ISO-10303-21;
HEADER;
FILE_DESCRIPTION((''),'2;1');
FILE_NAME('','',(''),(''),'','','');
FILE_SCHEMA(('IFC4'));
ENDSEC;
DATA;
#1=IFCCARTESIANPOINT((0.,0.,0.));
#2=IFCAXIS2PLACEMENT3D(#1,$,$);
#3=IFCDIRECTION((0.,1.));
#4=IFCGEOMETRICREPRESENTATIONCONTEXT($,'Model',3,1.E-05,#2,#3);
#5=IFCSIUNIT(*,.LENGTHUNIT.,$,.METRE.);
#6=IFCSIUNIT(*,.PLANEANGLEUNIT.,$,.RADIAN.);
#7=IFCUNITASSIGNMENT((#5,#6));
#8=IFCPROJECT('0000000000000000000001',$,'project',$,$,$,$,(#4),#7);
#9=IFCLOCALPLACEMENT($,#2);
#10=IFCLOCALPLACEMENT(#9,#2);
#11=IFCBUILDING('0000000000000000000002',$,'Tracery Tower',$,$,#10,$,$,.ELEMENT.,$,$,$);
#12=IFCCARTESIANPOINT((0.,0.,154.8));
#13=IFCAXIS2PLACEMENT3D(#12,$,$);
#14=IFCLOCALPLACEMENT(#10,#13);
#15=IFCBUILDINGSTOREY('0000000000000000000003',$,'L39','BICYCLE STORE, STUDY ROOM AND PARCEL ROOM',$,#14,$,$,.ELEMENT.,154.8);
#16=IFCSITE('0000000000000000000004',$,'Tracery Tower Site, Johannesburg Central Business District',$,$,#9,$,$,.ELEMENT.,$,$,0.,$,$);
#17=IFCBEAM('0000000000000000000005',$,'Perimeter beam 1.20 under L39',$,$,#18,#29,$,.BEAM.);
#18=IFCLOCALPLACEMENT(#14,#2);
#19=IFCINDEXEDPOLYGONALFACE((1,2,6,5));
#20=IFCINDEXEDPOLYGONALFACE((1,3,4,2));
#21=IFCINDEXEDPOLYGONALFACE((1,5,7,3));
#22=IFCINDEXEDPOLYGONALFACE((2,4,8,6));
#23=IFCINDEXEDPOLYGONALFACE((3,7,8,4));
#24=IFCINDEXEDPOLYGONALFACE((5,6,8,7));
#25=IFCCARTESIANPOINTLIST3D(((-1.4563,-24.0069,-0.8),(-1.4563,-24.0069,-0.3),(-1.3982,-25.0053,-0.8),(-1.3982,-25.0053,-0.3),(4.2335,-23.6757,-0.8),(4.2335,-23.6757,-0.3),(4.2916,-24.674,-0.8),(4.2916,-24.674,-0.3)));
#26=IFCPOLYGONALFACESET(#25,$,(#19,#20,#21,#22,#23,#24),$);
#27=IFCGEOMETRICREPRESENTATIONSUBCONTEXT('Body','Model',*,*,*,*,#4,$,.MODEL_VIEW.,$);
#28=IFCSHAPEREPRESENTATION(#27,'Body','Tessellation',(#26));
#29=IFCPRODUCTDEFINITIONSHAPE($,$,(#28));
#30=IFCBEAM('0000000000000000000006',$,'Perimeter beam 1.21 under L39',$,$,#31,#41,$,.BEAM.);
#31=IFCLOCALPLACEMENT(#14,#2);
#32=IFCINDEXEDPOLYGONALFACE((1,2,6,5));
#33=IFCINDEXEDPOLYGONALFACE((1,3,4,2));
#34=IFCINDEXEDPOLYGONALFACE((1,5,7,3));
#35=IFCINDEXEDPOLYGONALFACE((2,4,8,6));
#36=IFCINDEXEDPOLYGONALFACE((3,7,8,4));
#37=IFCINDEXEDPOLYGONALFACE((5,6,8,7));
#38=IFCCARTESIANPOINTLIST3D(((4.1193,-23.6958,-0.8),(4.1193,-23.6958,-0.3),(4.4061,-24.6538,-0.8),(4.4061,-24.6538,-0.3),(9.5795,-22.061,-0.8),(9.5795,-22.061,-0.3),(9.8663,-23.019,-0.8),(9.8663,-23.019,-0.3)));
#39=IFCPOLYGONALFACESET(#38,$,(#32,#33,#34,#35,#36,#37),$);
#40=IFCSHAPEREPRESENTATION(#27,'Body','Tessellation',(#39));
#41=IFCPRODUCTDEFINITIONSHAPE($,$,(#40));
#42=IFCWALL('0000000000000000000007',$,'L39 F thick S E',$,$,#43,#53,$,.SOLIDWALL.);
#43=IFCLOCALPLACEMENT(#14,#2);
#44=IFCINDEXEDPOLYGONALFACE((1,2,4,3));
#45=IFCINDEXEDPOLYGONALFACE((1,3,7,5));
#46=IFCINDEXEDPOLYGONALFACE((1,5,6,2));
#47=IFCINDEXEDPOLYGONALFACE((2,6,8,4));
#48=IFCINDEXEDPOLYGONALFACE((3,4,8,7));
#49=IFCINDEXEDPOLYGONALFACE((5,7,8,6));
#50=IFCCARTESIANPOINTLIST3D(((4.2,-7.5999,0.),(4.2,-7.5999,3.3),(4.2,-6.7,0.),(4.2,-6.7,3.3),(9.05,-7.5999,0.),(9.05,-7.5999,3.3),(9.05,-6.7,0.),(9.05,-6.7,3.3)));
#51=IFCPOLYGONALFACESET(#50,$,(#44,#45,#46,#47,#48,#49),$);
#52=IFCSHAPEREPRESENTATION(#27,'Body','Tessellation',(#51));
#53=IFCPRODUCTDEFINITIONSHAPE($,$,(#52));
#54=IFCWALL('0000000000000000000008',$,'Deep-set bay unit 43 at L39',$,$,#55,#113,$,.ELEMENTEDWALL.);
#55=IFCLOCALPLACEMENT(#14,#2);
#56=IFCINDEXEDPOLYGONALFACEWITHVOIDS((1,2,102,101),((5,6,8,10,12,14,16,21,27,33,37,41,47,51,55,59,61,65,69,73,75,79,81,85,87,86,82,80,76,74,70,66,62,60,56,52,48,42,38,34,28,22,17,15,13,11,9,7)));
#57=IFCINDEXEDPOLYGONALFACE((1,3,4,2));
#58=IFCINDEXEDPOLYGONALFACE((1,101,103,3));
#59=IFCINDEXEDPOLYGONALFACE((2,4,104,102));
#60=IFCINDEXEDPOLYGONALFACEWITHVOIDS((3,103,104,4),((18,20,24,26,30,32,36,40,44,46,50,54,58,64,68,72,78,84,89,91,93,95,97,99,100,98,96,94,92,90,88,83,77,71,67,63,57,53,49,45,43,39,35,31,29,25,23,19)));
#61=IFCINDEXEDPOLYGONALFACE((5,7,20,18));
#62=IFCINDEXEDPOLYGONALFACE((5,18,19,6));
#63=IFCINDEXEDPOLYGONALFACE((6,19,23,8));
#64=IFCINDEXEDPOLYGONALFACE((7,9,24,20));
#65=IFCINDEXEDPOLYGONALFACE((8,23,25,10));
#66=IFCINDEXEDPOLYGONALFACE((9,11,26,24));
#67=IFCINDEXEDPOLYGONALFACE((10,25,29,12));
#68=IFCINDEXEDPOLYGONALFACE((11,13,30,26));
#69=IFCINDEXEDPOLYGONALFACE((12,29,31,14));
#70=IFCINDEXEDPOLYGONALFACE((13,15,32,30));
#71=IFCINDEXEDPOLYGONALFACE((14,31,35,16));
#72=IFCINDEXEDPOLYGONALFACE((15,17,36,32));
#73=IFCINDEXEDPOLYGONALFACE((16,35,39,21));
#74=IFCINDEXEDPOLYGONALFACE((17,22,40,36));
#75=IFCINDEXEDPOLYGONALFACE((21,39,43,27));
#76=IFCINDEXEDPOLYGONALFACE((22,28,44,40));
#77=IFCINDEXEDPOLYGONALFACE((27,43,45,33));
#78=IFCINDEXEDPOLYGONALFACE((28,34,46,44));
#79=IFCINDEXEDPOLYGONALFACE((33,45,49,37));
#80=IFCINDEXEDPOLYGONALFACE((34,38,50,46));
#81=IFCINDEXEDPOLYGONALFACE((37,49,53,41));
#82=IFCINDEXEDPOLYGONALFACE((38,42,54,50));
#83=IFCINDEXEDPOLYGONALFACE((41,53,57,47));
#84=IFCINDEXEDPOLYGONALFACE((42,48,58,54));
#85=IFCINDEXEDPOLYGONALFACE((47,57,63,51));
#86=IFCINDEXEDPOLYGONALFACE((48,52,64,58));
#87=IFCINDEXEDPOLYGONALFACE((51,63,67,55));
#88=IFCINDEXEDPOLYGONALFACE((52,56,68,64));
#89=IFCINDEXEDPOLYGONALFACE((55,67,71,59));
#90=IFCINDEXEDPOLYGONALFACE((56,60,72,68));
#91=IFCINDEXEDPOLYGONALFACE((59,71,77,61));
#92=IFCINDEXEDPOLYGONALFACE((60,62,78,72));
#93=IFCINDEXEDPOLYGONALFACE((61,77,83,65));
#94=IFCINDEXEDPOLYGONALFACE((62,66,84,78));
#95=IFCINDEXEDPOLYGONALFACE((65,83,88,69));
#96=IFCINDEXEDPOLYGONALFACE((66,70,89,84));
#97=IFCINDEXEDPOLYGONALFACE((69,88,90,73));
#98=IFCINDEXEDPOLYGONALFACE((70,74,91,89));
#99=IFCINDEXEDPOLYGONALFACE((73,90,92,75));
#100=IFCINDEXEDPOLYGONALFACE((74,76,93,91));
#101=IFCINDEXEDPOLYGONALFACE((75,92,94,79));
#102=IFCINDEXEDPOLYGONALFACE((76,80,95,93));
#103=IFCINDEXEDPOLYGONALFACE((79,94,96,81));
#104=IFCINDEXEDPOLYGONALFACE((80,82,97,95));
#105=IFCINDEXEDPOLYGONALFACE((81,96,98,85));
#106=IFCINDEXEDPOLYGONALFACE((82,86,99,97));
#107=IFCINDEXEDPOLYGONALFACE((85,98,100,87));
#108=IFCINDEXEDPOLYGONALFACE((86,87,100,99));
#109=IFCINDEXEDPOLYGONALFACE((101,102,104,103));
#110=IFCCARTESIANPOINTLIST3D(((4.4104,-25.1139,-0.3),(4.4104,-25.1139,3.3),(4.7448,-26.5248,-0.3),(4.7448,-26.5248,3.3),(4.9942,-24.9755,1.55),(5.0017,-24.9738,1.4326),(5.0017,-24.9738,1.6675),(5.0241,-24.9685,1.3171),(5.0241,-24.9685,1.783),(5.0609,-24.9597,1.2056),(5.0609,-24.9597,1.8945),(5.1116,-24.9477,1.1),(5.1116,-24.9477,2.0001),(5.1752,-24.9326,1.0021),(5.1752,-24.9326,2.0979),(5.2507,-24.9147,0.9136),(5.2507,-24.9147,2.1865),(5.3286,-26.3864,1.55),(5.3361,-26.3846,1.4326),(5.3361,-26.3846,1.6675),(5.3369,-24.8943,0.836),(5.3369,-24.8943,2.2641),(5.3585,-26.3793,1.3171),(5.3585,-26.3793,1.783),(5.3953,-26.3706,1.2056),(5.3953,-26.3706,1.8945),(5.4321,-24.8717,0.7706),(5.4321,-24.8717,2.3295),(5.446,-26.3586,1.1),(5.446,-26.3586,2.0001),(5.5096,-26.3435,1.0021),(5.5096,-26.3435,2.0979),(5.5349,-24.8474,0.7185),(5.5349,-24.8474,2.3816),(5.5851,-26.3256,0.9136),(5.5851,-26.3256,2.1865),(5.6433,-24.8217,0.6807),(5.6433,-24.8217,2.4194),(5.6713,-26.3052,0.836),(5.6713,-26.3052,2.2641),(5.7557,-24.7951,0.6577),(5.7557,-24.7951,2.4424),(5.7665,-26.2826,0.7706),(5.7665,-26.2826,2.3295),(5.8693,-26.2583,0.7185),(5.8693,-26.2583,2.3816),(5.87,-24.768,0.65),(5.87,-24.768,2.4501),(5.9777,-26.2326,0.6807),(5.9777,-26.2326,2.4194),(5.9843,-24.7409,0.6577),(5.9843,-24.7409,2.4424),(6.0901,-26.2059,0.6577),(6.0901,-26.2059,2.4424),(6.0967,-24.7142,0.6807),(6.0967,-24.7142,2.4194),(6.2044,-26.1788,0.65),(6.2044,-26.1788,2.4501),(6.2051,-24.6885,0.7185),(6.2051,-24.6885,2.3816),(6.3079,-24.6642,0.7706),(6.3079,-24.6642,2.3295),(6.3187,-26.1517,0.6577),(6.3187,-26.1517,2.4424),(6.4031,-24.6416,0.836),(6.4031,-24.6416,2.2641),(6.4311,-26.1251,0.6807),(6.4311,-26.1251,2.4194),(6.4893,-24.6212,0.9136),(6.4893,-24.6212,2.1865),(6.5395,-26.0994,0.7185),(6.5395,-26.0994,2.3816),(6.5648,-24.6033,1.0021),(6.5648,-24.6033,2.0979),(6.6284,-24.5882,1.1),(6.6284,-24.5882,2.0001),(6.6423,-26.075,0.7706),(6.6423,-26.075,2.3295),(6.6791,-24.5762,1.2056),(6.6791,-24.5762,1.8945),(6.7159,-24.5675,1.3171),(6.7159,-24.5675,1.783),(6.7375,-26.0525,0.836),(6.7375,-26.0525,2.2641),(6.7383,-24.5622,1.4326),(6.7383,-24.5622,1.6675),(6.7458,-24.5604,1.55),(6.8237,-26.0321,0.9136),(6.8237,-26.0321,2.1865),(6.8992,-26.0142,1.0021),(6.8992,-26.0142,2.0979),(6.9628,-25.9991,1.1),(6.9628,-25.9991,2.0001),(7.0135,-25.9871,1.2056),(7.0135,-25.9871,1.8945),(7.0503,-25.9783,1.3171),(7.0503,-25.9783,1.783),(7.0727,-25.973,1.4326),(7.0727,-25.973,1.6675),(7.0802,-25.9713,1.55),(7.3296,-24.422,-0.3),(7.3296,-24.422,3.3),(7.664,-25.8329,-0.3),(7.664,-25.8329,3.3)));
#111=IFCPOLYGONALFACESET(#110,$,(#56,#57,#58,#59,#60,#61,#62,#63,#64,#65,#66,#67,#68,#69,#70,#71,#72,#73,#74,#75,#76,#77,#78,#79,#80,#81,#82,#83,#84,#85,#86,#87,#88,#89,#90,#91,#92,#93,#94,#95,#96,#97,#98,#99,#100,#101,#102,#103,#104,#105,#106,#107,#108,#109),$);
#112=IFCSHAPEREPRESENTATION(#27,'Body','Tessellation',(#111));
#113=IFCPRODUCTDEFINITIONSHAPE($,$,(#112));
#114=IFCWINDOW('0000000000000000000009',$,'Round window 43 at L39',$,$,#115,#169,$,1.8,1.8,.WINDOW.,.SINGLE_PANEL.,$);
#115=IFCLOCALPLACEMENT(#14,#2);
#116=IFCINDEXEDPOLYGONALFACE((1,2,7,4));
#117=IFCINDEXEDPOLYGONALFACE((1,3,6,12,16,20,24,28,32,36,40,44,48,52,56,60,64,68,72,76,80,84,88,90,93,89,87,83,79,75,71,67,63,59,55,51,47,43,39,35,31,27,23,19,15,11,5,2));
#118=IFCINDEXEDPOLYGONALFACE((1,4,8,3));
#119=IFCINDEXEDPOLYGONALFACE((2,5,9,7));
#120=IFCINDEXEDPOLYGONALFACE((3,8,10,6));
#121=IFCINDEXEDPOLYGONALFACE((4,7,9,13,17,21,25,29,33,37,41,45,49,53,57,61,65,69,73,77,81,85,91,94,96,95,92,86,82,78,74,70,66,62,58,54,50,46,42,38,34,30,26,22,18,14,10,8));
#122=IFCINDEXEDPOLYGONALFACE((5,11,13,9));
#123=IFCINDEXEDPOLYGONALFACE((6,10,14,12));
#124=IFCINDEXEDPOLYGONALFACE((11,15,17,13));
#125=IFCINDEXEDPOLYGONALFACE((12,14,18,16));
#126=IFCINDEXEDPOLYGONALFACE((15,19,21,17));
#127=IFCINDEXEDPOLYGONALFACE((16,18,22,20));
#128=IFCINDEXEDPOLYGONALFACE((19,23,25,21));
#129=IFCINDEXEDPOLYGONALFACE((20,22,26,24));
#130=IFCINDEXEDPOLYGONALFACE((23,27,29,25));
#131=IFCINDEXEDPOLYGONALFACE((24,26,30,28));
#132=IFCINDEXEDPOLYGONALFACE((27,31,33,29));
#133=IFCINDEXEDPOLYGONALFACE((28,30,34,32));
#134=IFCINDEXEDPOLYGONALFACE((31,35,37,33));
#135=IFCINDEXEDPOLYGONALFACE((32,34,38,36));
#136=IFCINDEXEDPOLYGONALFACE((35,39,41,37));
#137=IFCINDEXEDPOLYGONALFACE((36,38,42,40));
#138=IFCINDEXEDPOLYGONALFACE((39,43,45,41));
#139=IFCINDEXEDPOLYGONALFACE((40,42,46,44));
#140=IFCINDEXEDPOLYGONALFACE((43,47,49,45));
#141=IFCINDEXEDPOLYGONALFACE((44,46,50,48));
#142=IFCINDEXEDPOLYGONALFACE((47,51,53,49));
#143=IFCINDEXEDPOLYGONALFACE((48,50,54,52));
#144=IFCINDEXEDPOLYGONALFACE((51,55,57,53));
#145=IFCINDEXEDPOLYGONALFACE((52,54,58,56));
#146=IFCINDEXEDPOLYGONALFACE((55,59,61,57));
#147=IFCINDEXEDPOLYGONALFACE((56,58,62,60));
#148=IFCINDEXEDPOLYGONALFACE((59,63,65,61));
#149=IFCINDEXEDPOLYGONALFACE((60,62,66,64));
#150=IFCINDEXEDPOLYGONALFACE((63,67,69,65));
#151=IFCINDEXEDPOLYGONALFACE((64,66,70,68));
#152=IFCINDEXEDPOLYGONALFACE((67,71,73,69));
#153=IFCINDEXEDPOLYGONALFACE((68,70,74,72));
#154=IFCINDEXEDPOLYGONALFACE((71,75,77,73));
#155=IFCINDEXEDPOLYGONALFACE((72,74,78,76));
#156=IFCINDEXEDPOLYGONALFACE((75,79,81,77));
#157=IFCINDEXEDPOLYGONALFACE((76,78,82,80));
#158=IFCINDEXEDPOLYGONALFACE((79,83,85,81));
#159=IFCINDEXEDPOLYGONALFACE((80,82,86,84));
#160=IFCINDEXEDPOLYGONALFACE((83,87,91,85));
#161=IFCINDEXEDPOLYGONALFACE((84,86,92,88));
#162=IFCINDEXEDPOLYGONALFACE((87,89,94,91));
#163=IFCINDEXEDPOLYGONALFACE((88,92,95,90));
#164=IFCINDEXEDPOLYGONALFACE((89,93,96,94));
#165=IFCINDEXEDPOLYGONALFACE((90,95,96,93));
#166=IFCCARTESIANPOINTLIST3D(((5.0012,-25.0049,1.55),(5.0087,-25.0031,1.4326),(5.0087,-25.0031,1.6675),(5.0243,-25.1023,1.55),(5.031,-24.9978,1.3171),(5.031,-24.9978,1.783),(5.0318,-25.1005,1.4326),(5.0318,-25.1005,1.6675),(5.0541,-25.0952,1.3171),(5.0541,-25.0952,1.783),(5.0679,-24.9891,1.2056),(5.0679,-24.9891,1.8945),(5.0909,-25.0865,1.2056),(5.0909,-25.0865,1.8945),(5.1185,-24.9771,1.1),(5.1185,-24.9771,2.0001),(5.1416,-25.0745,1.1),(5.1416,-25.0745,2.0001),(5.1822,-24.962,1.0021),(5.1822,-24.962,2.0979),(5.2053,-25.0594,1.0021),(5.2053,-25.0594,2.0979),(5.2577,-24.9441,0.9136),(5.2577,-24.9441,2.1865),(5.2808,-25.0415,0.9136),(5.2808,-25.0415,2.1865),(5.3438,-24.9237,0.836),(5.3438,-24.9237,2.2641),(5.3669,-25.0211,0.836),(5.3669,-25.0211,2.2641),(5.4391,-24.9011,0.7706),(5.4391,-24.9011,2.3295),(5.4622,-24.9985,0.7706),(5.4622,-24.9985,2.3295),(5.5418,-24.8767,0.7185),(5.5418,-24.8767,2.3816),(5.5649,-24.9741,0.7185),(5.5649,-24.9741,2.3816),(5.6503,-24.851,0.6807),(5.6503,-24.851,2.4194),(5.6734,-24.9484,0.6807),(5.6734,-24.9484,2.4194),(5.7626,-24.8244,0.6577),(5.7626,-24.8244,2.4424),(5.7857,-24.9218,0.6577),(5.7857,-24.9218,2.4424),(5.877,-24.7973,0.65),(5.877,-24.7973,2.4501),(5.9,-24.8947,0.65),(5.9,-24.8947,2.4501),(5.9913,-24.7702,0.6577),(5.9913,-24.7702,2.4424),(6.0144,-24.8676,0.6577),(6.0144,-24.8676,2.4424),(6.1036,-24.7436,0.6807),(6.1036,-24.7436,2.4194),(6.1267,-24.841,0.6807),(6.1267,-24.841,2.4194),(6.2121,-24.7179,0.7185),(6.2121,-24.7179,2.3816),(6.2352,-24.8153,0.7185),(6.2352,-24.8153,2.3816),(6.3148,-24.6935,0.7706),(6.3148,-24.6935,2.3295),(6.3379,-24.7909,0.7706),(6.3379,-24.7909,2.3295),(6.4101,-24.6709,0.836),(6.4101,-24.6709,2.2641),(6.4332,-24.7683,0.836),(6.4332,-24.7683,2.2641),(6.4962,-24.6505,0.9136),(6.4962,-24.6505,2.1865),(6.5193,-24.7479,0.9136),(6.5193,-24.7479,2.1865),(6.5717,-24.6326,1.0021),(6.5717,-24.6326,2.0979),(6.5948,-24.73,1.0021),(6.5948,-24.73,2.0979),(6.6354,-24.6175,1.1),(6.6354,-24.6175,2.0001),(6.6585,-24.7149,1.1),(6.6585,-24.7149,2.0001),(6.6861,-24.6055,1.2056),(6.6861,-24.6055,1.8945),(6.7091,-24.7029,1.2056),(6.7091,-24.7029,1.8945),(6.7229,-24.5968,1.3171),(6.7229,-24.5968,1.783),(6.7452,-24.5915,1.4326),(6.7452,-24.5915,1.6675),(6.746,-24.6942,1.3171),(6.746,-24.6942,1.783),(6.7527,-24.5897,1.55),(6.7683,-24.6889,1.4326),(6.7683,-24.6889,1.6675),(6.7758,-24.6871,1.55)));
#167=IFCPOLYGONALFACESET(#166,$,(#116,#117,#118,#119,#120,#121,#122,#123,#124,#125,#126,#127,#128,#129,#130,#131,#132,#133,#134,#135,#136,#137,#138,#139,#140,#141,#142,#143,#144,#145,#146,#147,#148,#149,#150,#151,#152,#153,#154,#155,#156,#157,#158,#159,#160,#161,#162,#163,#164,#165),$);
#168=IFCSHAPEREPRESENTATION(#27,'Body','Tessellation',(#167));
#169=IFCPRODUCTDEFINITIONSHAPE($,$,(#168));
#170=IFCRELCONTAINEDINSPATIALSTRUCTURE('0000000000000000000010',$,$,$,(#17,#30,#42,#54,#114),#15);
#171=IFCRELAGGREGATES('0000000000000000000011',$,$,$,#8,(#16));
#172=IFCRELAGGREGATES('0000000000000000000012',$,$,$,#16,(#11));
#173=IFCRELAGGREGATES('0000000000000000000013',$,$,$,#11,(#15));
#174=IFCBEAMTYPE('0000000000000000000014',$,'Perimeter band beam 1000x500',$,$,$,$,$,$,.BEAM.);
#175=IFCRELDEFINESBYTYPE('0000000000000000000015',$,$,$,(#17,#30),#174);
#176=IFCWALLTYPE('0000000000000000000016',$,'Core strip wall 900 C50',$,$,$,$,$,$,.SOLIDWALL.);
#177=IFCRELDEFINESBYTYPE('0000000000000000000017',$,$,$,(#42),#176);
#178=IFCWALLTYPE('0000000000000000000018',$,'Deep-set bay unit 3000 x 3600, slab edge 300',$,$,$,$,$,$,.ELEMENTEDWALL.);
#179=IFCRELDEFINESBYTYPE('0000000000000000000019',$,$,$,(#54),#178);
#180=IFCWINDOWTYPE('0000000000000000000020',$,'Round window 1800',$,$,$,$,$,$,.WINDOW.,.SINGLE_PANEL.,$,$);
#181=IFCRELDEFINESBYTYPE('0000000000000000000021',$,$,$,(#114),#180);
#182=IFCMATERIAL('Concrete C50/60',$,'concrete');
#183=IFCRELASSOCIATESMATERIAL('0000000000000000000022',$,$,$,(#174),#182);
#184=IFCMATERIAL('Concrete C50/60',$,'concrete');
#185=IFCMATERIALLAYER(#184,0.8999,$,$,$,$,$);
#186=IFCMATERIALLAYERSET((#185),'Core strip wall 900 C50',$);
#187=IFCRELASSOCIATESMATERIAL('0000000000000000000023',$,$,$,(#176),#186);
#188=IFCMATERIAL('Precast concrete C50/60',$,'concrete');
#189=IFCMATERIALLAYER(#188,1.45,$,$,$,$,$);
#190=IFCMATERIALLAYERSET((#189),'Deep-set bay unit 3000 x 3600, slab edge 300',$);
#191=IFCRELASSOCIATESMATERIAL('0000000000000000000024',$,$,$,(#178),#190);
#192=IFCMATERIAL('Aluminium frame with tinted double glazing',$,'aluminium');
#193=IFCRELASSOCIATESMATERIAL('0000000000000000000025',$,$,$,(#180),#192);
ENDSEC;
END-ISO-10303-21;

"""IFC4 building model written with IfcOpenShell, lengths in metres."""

from ifc_helpers import new_model, si_unit, direction, frame, frame_2d, origin, origin_2d, place, context, subcontext, project, spatial, rectangle, circle, extrude, material, layer, layer_set, material_profile, profile_set, type_object, element, fill, save


model = new_model("IFC4")

# Units and contexts
model_context = context("Model", 3, precision=1e-05, world=origin(), true_north=direction((0.0, 1.0)))
body_context = subcontext(model_context, "Body", "Model", "MODEL_VIEW")
ifc_project = project(units=[si_unit("LENGTHUNIT", "METRE"), si_unit("PLANEANGLEUNIT", "RADIAN")], contexts=[model_context])

# Site, building, storey
site_placement = place(None, origin())
site = spatial("IfcSite", under=ifc_project, at=site_placement, Name="Tracery Tower Site, Johannesburg Central Business District", CompositionType="ELEMENT", RefElevation=0.0)
building_placement = place(site_placement, origin())
building = spatial("IfcBuilding", under=site, at=building_placement, Name="Tracery Tower", CompositionType="ELEMENT")
storey_placement = place(building_placement, frame((0.0, 0.0, 154.8)))
storey = spatial("IfcBuildingStorey", under=building, at=storey_placement, Name="L39", Description="BICYCLE STORE, STUDY ROOM AND PARCEL ROOM", CompositionType="ELEMENT", Elevation=154.8)

# Beams
ifc_material_1 = material(Name="Concrete C50/60", Category="concrete")
ifc_material_profile_1 = material_profile(ifc_material_1, rectangle(XDim=1.0, YDim=0.5, at=origin_2d()), Name="RC 1000x500")
ifc_profile_set_1 = profile_set([ifc_material_profile_1], Name="Concrete C50/60")
beam_type = type_object("IfcBeamType", Name="Perimeter band beam 1000x500", PredefinedType="BEAM", material=ifc_profile_set_1)
beam_1_placement = place(storey_placement, frame((-1.4272, -24.5061, -0.55), z_axis=(0.998309, 0.058127, 0.0), x_axis=(-0.058127, 0.998309, 0.0)))
element("IfcBeam", 1, at=beam_1_placement, inside=storey, type_object=beam_type, Name="Perimeter beam 1.20 under L39", PredefinedType="BEAM", context=body_context, shape_type="SweptSolid", body=[
    extrude(rectangle(XDim=1.0, YDim=0.5, at=origin_2d()), origin(), (0.0, 0.0, 1.0), 5.6995),
])
beam_2_placement = place(storey_placement, frame((4.2627, -24.1748, -0.55), z_axis=(0.957985, 0.286817, 0.0), x_axis=(-0.286817, 0.957985, 0.0)))
element("IfcBeam", 2, at=beam_2_placement, inside=storey, type_object=beam_type, Name="Perimeter beam 1.21 under L39", PredefinedType="BEAM", context=body_context, shape_type="SweptSolid", body=[
    extrude(rectangle(XDim=1.0, YDim=0.5, at=origin_2d()), origin(), (0.0, 0.0, 1.0), 5.6997),
])

# Wall
ifc_material_2 = material(Name="Concrete C50/60", Category="concrete")
ifc_layer_1 = layer(ifc_material_2, 0.8999)
ifc_layer_set_1 = layer_set([ifc_layer_1], Name="Core strip wall 900 C50")
wall_type_1 = type_object("IfcWallType", Name="Core strip wall 900 C50", PredefinedType="SOLIDWALL", material=ifc_layer_set_1)
wall_1_placement = place(storey_placement, frame((4.2, -7.1499, 0.0), z_axis=(0.0, 0.0, 1.0), x_axis=(1.0, 0.0, 0.0)))
element("IfcWall", 3, at=wall_1_placement, inside=storey, type_object=wall_type_1, Name="L39 F thick S E", PredefinedType="SOLIDWALL", context=body_context, shape_type="SweptSolid", body=[
    extrude(rectangle(XDim=4.8501, YDim=0.8999, at=frame_2d((2.425, 0.0))), origin(), (0.0, 0.0, 1.0), 3.3),
])

# Wall, opening, window
ifc_material_3 = material(Name="Precast concrete C50/60", Category="concrete")
ifc_layer_2 = layer(ifc_material_3, 1.45)
ifc_layer_set_2 = layer_set([ifc_layer_2], Name="Deep-set bay unit 3000 x 3600, slab edge 300")
wall_type_2 = type_object("IfcWallType", Name="Deep-set bay unit 3000 x 3600, slab edge 300", PredefinedType="ELEMENTEDWALL", material=ifc_layer_set_2)
wall_2_placement = place(storey_placement, frame((4.5776, -25.8193, -0.3), z_axis=(0.0, 0.0, 1.0), x_axis=(0.973042, 0.230627, 0.0)))
wall_2 = element("IfcWall", 4, at=wall_2_placement, inside=storey, type_object=wall_type_2, Name="Deep-set bay unit 43 at L39", PredefinedType="ELEMENTEDWALL", context=body_context, shape_type="SweptSolid", body=[
    extrude(rectangle(XDim=3.0, YDim=1.45, at=frame_2d((1.5, 0.0))), origin(), (0.0, 0.0, 1.0), 3.6001),
])
opening_1_placement = place(wall_2_placement, frame((1.5, 0.0, 1.8501)))
opening_1 = element("IfcOpeningElement", 5, at=opening_1_placement, cuts=wall_2, PredefinedType="OPENING", context=body_context, shape_type="SweptSolid", body=[
    extrude(circle(Radius=0.9, at=origin_2d()), frame((0.0, 0.7349, 0.0), z_axis=(0.0, -1.0, 0.0), x_axis=(1.0, 0.0, 0.0)), (0.0, 0.0, 1.0), 1.47),
])
ifc_material_4 = material(Name="Aluminium frame with tinted double glazing", Category="aluminium")
window_type = type_object("IfcWindowType", Name="Round window 1800", PartitioningType="SINGLE_PANEL", PredefinedType="WINDOW", material=ifc_material_4)
window_1_placement = place(opening_1_placement, origin())
window_1 = element("IfcWindow", 6, at=window_1_placement, inside=storey, type_object=window_type, Name="Round window 43 at L39", OverallHeight=1.8, OverallWidth=1.8, PartitioningType="SINGLE_PANEL", PredefinedType="WINDOW", context=body_context, shape_type="SweptSolid", body=[
    extrude(circle(Radius=0.9, at=origin_2d()), frame((0.0, 0.6948, 0.0), z_axis=(0.0, -1.0, 0.0), x_axis=(1.0, 0.0, 0.0)), (0.0, 0.0, 1.0), 0.1001),
])
fill(opening_1, window_1)

save(model, "model.ifc")
